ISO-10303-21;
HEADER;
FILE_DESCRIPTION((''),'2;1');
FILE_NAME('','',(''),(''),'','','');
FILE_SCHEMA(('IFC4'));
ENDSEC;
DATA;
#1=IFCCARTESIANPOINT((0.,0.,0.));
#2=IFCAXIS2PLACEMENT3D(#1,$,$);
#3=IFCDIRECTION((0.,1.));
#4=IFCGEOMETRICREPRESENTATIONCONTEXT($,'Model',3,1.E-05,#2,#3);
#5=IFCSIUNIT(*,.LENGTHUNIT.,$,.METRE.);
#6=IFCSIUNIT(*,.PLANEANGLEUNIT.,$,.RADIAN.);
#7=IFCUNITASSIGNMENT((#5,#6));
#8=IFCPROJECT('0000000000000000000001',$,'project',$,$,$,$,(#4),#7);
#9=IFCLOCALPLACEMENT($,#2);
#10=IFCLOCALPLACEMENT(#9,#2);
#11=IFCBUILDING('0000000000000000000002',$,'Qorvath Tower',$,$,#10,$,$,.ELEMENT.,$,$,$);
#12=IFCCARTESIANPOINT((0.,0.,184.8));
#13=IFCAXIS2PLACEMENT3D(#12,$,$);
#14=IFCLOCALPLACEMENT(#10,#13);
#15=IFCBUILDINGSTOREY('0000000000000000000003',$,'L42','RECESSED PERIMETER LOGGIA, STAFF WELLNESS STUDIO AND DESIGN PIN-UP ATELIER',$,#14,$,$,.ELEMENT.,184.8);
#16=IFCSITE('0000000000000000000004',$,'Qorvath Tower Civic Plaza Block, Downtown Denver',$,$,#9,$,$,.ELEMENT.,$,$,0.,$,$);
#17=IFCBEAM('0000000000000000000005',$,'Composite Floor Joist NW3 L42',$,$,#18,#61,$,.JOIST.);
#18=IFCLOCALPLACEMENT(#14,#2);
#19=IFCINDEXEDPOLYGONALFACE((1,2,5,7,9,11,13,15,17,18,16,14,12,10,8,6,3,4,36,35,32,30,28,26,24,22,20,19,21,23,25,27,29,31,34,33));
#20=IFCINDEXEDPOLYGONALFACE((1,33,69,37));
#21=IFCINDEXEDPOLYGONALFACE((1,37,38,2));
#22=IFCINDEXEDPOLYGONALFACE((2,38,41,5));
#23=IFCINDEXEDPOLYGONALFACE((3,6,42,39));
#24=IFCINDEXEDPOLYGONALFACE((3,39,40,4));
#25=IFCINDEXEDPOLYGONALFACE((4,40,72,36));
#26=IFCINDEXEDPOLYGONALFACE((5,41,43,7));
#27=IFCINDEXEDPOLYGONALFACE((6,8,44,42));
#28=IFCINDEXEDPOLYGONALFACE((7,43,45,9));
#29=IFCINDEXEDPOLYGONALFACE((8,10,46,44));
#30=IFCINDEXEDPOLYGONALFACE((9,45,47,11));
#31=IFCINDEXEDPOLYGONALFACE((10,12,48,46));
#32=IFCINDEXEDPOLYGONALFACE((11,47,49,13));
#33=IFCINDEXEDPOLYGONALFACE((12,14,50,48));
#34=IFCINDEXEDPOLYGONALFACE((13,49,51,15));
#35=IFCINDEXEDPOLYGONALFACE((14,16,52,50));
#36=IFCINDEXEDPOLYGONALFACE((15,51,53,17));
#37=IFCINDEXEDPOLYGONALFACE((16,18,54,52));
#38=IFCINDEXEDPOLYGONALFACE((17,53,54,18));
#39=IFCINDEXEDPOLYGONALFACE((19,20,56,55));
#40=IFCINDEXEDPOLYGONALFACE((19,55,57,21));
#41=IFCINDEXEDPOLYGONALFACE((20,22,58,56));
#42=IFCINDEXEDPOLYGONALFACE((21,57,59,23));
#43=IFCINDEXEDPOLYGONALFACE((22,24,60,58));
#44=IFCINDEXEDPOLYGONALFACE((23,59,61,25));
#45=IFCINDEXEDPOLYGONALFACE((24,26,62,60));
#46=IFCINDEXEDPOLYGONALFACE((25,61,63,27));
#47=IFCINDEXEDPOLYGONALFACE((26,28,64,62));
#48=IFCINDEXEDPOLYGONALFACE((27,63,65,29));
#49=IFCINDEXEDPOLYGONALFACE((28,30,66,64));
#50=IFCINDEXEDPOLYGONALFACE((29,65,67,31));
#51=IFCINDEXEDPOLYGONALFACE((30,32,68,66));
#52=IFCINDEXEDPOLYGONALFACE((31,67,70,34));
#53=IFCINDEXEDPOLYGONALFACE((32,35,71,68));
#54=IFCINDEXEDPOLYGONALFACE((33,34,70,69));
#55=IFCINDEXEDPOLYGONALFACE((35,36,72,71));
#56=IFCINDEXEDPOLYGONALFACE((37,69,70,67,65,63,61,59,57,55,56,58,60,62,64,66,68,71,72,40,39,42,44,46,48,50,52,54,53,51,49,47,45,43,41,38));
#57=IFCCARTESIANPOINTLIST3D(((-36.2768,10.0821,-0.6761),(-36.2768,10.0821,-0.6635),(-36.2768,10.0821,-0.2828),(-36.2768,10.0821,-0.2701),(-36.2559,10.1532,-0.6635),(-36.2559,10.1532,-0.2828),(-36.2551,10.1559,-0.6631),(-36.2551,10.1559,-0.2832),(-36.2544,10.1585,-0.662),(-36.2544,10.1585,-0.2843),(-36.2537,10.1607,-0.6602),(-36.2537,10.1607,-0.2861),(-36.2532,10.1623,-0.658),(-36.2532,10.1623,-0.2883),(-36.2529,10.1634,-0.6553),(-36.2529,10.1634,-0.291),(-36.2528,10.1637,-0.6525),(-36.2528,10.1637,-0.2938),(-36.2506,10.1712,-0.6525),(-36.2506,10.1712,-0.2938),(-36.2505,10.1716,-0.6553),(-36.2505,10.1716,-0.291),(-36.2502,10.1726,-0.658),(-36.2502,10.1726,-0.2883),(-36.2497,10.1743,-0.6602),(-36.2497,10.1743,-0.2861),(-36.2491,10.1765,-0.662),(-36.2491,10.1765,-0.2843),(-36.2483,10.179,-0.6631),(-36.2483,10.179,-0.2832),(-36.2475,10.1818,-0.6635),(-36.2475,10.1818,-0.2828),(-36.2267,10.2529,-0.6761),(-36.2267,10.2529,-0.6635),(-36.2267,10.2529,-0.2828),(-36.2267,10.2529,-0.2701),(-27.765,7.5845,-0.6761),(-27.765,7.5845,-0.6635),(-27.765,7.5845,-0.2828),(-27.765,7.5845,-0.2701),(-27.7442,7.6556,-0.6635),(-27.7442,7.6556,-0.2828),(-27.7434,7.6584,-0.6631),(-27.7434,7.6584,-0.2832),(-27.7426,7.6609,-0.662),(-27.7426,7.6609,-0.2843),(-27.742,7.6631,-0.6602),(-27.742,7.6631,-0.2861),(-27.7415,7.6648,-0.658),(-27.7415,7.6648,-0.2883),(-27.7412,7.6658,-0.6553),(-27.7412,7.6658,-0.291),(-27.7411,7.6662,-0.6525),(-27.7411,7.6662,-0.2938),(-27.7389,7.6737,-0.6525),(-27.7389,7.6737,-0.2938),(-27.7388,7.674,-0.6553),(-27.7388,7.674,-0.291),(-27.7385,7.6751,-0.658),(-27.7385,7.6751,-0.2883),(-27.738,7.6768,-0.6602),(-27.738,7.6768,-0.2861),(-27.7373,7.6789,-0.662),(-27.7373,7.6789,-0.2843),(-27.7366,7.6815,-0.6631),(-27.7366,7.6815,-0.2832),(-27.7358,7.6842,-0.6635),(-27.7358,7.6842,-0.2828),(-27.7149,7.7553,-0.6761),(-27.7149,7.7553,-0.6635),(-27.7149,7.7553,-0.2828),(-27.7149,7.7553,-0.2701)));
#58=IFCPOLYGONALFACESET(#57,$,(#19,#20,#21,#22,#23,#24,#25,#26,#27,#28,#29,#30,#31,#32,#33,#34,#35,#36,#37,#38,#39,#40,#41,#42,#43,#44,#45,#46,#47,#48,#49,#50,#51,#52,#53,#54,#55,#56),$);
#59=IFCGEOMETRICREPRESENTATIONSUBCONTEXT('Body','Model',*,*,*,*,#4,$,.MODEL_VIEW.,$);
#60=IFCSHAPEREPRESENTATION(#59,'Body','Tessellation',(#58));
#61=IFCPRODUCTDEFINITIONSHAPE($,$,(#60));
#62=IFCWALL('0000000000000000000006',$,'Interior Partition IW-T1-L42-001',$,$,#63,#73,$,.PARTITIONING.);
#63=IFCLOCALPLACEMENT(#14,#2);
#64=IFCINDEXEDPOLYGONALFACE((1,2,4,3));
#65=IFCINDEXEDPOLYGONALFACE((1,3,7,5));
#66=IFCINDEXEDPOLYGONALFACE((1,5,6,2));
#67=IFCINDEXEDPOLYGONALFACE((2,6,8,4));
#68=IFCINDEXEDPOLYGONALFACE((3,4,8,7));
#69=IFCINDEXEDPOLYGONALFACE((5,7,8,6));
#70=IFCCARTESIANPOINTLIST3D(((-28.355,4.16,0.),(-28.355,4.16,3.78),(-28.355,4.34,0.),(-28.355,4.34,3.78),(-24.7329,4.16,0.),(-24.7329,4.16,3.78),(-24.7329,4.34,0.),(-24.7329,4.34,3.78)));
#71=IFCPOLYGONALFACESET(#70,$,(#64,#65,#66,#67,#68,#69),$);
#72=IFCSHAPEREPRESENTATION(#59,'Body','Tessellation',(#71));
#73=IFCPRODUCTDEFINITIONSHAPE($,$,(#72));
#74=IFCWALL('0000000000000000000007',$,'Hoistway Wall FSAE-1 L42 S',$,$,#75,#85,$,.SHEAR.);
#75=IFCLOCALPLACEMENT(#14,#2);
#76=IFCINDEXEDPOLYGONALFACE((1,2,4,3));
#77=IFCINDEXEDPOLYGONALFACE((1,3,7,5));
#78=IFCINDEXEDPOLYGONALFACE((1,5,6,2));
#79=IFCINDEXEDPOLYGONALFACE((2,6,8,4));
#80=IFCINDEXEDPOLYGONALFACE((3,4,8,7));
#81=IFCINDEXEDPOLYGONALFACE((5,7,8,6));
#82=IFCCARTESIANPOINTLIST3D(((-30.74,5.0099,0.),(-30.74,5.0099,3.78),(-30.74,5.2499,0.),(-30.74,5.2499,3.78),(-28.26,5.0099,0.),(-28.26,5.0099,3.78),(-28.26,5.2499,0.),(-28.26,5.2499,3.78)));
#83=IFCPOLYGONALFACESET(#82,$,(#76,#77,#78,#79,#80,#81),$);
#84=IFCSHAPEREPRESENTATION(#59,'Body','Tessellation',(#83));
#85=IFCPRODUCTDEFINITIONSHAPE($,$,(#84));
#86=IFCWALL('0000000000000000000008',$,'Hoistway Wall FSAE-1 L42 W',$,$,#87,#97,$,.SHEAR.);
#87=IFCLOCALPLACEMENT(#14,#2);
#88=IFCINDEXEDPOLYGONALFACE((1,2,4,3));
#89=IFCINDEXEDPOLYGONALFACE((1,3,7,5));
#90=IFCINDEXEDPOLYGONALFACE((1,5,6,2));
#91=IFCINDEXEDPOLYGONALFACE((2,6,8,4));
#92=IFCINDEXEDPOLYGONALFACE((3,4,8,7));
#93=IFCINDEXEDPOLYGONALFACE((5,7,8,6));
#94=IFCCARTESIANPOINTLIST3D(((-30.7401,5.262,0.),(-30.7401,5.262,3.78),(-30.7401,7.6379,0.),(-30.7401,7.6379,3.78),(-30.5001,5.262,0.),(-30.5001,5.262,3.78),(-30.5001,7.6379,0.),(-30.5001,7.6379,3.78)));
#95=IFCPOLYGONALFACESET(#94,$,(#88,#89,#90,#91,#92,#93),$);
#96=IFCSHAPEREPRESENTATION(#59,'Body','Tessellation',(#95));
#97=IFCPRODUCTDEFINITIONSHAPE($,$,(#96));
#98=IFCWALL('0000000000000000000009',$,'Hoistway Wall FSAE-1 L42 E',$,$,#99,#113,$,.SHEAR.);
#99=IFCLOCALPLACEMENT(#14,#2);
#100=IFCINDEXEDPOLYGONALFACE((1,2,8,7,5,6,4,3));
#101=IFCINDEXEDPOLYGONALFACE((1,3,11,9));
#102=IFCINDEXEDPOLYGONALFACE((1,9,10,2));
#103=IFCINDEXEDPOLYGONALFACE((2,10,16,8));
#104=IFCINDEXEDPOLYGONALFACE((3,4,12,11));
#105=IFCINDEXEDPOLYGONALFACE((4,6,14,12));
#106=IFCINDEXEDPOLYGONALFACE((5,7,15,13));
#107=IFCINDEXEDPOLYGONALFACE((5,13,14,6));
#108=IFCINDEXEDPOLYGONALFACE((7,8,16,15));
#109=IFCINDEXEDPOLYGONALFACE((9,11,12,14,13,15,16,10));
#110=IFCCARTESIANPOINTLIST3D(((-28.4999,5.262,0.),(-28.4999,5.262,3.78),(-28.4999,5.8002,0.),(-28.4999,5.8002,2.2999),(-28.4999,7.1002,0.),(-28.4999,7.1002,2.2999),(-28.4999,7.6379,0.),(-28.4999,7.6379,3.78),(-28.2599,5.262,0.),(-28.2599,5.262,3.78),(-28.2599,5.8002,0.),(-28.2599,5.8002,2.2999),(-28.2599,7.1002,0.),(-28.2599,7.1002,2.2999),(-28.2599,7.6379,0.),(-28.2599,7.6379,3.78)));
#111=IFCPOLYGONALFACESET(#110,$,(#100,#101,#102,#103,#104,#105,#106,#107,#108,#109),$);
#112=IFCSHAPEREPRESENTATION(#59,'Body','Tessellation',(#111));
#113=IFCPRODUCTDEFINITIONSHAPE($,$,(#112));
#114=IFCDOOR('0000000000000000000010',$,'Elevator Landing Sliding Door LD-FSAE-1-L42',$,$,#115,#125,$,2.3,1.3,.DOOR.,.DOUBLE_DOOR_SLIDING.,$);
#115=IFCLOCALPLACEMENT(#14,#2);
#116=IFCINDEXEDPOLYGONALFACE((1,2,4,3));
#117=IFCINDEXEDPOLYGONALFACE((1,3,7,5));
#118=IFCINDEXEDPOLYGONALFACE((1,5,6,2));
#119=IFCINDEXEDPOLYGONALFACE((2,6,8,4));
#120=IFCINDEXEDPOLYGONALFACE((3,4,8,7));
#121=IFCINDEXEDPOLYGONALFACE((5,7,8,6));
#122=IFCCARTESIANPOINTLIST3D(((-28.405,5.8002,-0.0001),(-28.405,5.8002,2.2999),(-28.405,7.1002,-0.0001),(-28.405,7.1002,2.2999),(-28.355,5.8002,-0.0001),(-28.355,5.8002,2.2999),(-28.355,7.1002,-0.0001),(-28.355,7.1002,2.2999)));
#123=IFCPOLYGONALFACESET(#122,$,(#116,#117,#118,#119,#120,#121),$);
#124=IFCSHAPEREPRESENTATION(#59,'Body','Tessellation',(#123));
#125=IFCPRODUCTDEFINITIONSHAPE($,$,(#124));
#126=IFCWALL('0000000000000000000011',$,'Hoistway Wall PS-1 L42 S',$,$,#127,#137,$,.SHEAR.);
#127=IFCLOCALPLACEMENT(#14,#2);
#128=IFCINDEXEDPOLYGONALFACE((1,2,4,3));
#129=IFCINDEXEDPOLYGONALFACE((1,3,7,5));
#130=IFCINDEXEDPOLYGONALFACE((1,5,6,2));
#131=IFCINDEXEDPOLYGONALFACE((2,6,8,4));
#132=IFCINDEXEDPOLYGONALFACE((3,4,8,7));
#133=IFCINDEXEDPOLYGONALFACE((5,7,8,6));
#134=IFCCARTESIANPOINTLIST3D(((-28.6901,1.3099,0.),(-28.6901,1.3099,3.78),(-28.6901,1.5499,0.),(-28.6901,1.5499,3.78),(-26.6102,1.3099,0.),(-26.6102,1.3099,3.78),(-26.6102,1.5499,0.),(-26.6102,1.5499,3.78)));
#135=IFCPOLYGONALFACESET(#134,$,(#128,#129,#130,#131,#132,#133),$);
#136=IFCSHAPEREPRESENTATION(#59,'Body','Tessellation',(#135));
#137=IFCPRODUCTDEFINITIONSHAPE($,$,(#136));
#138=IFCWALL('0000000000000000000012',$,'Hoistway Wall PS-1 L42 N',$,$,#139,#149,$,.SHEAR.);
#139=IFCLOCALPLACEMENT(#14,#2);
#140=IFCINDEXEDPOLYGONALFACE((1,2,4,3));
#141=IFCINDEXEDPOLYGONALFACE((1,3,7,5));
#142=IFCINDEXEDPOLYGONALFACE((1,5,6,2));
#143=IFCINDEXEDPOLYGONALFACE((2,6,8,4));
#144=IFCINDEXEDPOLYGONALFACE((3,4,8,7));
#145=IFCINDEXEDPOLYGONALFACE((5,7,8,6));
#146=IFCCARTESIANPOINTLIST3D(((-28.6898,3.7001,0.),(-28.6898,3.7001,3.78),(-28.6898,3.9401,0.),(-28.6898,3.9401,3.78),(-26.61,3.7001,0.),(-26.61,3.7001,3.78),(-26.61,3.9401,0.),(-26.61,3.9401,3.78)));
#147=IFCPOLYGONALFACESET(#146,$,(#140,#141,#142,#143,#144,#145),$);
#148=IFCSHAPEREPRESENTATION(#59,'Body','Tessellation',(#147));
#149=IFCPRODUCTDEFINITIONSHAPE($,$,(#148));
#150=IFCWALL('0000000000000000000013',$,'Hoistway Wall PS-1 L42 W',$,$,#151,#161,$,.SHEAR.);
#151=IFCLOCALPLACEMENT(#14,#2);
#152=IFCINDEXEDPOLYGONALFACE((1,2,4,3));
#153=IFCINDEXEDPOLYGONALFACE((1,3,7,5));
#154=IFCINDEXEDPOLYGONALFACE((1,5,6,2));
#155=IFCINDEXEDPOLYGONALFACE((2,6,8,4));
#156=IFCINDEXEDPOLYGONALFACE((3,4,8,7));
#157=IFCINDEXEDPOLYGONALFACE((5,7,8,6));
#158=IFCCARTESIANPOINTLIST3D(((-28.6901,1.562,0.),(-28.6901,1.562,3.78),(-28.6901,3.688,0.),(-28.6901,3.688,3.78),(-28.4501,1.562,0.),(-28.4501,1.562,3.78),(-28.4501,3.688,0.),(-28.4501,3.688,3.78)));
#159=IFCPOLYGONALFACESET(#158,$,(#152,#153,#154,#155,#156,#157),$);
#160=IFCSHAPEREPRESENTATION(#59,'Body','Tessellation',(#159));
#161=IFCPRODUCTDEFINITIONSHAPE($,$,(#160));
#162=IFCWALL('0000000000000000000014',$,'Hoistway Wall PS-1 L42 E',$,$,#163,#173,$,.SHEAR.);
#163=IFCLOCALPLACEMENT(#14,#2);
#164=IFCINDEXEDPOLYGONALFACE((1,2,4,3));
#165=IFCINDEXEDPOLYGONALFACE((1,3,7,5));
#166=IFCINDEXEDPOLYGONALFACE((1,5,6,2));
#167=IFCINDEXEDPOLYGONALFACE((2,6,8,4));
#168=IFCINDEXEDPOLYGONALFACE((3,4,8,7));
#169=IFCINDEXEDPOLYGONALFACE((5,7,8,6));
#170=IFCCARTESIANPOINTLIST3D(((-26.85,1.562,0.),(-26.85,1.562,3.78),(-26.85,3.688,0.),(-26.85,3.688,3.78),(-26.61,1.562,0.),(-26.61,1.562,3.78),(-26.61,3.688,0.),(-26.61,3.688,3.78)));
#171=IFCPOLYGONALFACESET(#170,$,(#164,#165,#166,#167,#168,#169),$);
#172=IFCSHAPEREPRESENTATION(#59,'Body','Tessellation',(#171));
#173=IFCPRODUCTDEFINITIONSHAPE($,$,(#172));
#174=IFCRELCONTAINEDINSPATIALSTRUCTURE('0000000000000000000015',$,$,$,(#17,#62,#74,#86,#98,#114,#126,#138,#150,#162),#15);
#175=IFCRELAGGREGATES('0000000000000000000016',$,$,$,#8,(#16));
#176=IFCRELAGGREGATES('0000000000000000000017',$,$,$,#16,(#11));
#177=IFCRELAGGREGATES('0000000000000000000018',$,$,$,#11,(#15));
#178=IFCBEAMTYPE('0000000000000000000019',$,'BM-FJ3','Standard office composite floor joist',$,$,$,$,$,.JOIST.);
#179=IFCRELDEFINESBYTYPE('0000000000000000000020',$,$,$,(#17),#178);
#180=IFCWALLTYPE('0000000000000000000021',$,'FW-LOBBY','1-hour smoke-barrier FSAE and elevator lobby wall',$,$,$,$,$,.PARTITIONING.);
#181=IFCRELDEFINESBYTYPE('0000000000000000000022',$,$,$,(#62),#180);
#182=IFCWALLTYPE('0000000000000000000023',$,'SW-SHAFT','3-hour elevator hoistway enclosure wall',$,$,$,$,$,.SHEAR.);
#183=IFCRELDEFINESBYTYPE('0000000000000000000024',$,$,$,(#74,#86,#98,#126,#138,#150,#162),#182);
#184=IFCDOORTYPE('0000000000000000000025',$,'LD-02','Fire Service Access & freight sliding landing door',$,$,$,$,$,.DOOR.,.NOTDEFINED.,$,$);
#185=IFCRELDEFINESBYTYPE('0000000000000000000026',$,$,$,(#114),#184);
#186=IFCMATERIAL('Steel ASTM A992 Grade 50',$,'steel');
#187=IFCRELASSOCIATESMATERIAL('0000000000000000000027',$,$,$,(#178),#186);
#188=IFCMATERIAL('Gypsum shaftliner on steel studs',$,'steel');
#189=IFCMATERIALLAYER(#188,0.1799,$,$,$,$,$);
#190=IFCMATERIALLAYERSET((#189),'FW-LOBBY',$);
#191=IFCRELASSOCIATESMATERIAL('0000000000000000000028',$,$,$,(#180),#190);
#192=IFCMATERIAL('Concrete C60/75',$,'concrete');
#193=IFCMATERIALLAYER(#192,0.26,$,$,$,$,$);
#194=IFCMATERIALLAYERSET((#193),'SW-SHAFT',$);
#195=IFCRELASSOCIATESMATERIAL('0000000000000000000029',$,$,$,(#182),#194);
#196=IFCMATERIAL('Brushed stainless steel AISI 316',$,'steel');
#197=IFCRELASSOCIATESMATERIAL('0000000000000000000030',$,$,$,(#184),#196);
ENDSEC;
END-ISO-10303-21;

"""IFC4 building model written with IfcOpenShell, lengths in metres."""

from ifc_helpers import new_model, si_unit, direction, frame, frame_2d, origin, origin_2d, place, context, subcontext, project, spatial, rectangle, i_section, extrude, material, layer, layer_set, material_profile, profile_set, type_object, element, fill, save


model = new_model("IFC4")

# Units and contexts
model_context = context("Model", 3, precision=1e-05, world=origin(), true_north=direction((0.0, 1.0)))
body_context = subcontext(model_context, "Body", "Model", "MODEL_VIEW")
ifc_project = project(units=[si_unit("LENGTHUNIT", "METRE"), si_unit("PLANEANGLEUNIT", "RADIAN")], contexts=[model_context])

# Site, building, storey
site_placement = place(None, origin())
site = spatial("IfcSite", under=ifc_project, at=site_placement, Name="Qorvath Tower Civic Plaza Block, Downtown Denver", CompositionType="ELEMENT", RefElevation=0.0)
building_placement = place(site_placement, origin())
building = spatial("IfcBuilding", under=site, at=building_placement, Name="Qorvath Tower", CompositionType="ELEMENT")
storey_placement = place(building_placement, frame((0.0, 0.0, 184.8)))
storey = spatial("IfcBuildingStorey", under=building, at=storey_placement, Name="L42", Description="RECESSED PERIMETER LOGGIA, STAFF WELLNESS STUDIO AND DESIGN PIN-UP ATELIER", CompositionType="ELEMENT", Elevation=184.8)

# Beam
ifc_material_1 = material(Name="Steel ASTM A992 Grade 50", Category="steel")
ifc_material_profile_1 = material_profile(ifc_material_1, i_section(OverallWidth=0.178, OverallDepth=0.406, WebThickness=0.0078, FlangeThickness=0.0127, FilletRadius=0.011, at=origin_2d()), Name="W16x40")
ifc_profile_set_1 = profile_set([ifc_material_profile_1], Name="Steel ASTM A992 Grade 50")
beam_type_1 = type_object("IfcBeamType", Name="BM-FJ3", Description="Standard office composite floor joist", PredefinedType="JOIST", material=ifc_profile_set_1)
beam_1_placement = place(storey_placement, frame((-27.74, 7.6699, -0.4731), z_axis=(-0.959545, 0.281555, 0.0), x_axis=(-0.281555, -0.959545, 0.0)))
element("IfcBeam", 1, at=beam_1_placement, inside=storey, type_object=beam_type_1, Name="Composite Floor Joist NW3 L42", PredefinedType="JOIST", context=body_context, shape_type="SweptSolid", body=[
    extrude(i_section(OverallWidth=0.178, OverallDepth=0.406, WebThickness=0.0078, FlangeThickness=0.0127, FilletRadius=0.011, at=origin_2d()), origin(), (0.0, 0.0, 1.0), 8.8706),
])

# Wall
ifc_material_2 = material(Name="Gypsum shaftliner on steel studs", Category="steel")
ifc_layer_1 = layer(ifc_material_2, 0.1799)
ifc_layer_set_1 = layer_set([ifc_layer_1], Name="FW-LOBBY")
wall_type_1 = type_object("IfcWallType", Name="FW-LOBBY", Description="1-hour smoke-barrier FSAE and elevator lobby wall", PredefinedType="PARTITIONING", material=ifc_layer_set_1)
wall_1_placement = place(storey_placement, frame((-28.355, 4.25, 0.0), z_axis=(0.0, 0.0, 1.0), x_axis=(1.0, 0.0, 0.0)))
element("IfcWall", 2, at=wall_1_placement, inside=storey, type_object=wall_type_1, Name="Interior Partition IW-T1-L42-001", PredefinedType="PARTITIONING", context=body_context, shape_type="SweptSolid", body=[
    extrude(rectangle(XDim=3.6221, YDim=0.1799, at=frame_2d((1.811, 0.0))), origin(), (0.0, 0.0, 1.0), 3.78),
])

# Walls
ifc_material_3 = material(Name="Concrete C60/75", Category="concrete")
ifc_layer_2 = layer(ifc_material_3, 0.26)
ifc_layer_set_2 = layer_set([ifc_layer_2], Name="SW-SHAFT")
wall_type_2 = type_object("IfcWallType", Name="SW-SHAFT", Description="3-hour elevator hoistway enclosure wall", PredefinedType="SHEAR", material=ifc_layer_set_2)
wall_2_placement = place(storey_placement, frame((-28.26, 5.1299, 0.0), z_axis=(0.0, 0.0, 1.0), x_axis=(-1.0, 0.0, 0.0)))
element("IfcWall", 3, at=wall_2_placement, inside=storey, type_object=wall_type_2, Name="Hoistway Wall FSAE-1 L42 S", PredefinedType="SHEAR", context=body_context, shape_type="SweptSolid", body=[
    extrude(rectangle(XDim=2.48, YDim=0.24, at=frame_2d((1.24, 0.0))), origin(), (0.0, 0.0, 1.0), 3.78),
])
wall_3_placement = place(storey_placement, frame((-30.6201, 5.262, 0.0), z_axis=(0.0, 0.0, 1.0), x_axis=(0.0, 1.0, 0.0)))
element("IfcWall", 4, at=wall_3_placement, inside=storey, type_object=wall_type_2, Name="Hoistway Wall FSAE-1 L42 W", PredefinedType="SHEAR", context=body_context, shape_type="SweptSolid", body=[
    extrude(rectangle(XDim=2.376, YDim=0.24, at=frame_2d((1.188, 0.0))), origin(), (0.0, 0.0, 1.0), 3.78),
])

# Wall, opening, door
wall_4_placement = place(storey_placement, frame((-28.3799, 7.6379, 0.0), z_axis=(0.0, 0.0, 1.0), x_axis=(0.0, -1.0, 0.0)))
wall_4 = element("IfcWall", 5, at=wall_4_placement, inside=storey, type_object=wall_type_2, Name="Hoistway Wall FSAE-1 L42 E", PredefinedType="SHEAR", context=body_context, shape_type="SweptSolid", body=[
    extrude(rectangle(XDim=2.376, YDim=0.24, at=frame_2d((1.188, 0.0))), origin(), (0.0, 0.0, 1.0), 3.78),
])
opening_1_placement = place(wall_4_placement, frame((0.5378, 0.0, 0.0)))
opening_1 = element("IfcOpeningElement", 6, at=opening_1_placement, cuts=wall_4, PredefinedType="OPENING", context=body_context, shape_type="SweptSolid", body=[
    extrude(rectangle(XDim=1.3, YDim=2.3, at=frame_2d((0.6499, 1.1499))), frame((0.0, 0.1299, 0.0), z_axis=(0.0, -1.0, 0.0), x_axis=(1.0, 0.0, 0.0)), (0.0, 0.0, 1.0), 0.26),
])
ifc_material_4 = material(Name="Brushed stainless steel AISI 316", Category="steel")
door_type_1 = type_object("IfcDoorType", Name="LD-02", Description="Fire Service Access & freight sliding landing door", OperationType="NOTDEFINED", PredefinedType="DOOR", material=ifc_material_4)
door_1_placement = place(opening_1_placement, origin())
door_1 = element("IfcDoor", 7, at=door_1_placement, inside=storey, type_object=door_type_1, Name="Elevator Landing Sliding Door LD-FSAE-1-L42", OperationType="DOUBLE_DOOR_SLIDING", OverallHeight=2.3, OverallWidth=1.3, PredefinedType="DOOR", context=body_context, shape_type="SweptSolid", body=[
    extrude(rectangle(XDim=1.3, YDim=2.3, at=frame_2d((0.6499, 1.1499))), frame((0.0, 0.0249, 0.0), z_axis=(0.0, -1.0, 0.0), x_axis=(1.0, 0.0, 0.0)), (0.0, 0.0, 1.0), 0.05),
])
fill(opening_1, door_1)

# Walls
for number, where, z_axis, x_axis, name in (
    (8, (-26.6101, 1.4299, 0.0), (0.0, 0.0, 1.0), (-1.0, 0.0, 0.0), "Hoistway Wall PS-1 L42 S"),
    (9, (-28.6899, 3.8201, 0.0), (0.0, 0.0, 1.0), (1.0, 0.0, 0.0), "Hoistway Wall PS-1 L42 N"),
):
    element("IfcWall", number, at=place(storey_placement, frame(where, z_axis=z_axis, x_axis=x_axis)), inside=storey, type_object=wall_type_2, Name=name, PredefinedType="SHEAR", context=body_context, shape_type="SweptSolid", body=[
        extrude(rectangle(XDim=2.0798, YDim=0.24, at=frame_2d((1.04, 0.0))), origin(), (0.0, 0.0, 1.0), 3.78),
    ])
for number, where, z_axis, x_axis, name in (
    (10, (-28.5701, 1.562, 0.0), (0.0, 0.0, 1.0), (0.0, 1.0, 0.0), "Hoistway Wall PS-1 L42 W"),
    (11, (-26.73, 3.688, 0.0), (0.0, 0.0, 1.0), (0.0, -1.0, 0.0), "Hoistway Wall PS-1 L42 E"),
):
    element("IfcWall", number, at=place(storey_placement, frame(where, z_axis=z_axis, x_axis=x_axis)), inside=storey, type_object=wall_type_2, Name=name, PredefinedType="SHEAR", context=body_context, shape_type="SweptSolid", body=[
        extrude(rectangle(XDim=2.126, YDim=0.24, at=frame_2d((1.063, 0.0))), origin(), (0.0, 0.0, 1.0), 3.78),
    ])

save(model, "model.ifc")
